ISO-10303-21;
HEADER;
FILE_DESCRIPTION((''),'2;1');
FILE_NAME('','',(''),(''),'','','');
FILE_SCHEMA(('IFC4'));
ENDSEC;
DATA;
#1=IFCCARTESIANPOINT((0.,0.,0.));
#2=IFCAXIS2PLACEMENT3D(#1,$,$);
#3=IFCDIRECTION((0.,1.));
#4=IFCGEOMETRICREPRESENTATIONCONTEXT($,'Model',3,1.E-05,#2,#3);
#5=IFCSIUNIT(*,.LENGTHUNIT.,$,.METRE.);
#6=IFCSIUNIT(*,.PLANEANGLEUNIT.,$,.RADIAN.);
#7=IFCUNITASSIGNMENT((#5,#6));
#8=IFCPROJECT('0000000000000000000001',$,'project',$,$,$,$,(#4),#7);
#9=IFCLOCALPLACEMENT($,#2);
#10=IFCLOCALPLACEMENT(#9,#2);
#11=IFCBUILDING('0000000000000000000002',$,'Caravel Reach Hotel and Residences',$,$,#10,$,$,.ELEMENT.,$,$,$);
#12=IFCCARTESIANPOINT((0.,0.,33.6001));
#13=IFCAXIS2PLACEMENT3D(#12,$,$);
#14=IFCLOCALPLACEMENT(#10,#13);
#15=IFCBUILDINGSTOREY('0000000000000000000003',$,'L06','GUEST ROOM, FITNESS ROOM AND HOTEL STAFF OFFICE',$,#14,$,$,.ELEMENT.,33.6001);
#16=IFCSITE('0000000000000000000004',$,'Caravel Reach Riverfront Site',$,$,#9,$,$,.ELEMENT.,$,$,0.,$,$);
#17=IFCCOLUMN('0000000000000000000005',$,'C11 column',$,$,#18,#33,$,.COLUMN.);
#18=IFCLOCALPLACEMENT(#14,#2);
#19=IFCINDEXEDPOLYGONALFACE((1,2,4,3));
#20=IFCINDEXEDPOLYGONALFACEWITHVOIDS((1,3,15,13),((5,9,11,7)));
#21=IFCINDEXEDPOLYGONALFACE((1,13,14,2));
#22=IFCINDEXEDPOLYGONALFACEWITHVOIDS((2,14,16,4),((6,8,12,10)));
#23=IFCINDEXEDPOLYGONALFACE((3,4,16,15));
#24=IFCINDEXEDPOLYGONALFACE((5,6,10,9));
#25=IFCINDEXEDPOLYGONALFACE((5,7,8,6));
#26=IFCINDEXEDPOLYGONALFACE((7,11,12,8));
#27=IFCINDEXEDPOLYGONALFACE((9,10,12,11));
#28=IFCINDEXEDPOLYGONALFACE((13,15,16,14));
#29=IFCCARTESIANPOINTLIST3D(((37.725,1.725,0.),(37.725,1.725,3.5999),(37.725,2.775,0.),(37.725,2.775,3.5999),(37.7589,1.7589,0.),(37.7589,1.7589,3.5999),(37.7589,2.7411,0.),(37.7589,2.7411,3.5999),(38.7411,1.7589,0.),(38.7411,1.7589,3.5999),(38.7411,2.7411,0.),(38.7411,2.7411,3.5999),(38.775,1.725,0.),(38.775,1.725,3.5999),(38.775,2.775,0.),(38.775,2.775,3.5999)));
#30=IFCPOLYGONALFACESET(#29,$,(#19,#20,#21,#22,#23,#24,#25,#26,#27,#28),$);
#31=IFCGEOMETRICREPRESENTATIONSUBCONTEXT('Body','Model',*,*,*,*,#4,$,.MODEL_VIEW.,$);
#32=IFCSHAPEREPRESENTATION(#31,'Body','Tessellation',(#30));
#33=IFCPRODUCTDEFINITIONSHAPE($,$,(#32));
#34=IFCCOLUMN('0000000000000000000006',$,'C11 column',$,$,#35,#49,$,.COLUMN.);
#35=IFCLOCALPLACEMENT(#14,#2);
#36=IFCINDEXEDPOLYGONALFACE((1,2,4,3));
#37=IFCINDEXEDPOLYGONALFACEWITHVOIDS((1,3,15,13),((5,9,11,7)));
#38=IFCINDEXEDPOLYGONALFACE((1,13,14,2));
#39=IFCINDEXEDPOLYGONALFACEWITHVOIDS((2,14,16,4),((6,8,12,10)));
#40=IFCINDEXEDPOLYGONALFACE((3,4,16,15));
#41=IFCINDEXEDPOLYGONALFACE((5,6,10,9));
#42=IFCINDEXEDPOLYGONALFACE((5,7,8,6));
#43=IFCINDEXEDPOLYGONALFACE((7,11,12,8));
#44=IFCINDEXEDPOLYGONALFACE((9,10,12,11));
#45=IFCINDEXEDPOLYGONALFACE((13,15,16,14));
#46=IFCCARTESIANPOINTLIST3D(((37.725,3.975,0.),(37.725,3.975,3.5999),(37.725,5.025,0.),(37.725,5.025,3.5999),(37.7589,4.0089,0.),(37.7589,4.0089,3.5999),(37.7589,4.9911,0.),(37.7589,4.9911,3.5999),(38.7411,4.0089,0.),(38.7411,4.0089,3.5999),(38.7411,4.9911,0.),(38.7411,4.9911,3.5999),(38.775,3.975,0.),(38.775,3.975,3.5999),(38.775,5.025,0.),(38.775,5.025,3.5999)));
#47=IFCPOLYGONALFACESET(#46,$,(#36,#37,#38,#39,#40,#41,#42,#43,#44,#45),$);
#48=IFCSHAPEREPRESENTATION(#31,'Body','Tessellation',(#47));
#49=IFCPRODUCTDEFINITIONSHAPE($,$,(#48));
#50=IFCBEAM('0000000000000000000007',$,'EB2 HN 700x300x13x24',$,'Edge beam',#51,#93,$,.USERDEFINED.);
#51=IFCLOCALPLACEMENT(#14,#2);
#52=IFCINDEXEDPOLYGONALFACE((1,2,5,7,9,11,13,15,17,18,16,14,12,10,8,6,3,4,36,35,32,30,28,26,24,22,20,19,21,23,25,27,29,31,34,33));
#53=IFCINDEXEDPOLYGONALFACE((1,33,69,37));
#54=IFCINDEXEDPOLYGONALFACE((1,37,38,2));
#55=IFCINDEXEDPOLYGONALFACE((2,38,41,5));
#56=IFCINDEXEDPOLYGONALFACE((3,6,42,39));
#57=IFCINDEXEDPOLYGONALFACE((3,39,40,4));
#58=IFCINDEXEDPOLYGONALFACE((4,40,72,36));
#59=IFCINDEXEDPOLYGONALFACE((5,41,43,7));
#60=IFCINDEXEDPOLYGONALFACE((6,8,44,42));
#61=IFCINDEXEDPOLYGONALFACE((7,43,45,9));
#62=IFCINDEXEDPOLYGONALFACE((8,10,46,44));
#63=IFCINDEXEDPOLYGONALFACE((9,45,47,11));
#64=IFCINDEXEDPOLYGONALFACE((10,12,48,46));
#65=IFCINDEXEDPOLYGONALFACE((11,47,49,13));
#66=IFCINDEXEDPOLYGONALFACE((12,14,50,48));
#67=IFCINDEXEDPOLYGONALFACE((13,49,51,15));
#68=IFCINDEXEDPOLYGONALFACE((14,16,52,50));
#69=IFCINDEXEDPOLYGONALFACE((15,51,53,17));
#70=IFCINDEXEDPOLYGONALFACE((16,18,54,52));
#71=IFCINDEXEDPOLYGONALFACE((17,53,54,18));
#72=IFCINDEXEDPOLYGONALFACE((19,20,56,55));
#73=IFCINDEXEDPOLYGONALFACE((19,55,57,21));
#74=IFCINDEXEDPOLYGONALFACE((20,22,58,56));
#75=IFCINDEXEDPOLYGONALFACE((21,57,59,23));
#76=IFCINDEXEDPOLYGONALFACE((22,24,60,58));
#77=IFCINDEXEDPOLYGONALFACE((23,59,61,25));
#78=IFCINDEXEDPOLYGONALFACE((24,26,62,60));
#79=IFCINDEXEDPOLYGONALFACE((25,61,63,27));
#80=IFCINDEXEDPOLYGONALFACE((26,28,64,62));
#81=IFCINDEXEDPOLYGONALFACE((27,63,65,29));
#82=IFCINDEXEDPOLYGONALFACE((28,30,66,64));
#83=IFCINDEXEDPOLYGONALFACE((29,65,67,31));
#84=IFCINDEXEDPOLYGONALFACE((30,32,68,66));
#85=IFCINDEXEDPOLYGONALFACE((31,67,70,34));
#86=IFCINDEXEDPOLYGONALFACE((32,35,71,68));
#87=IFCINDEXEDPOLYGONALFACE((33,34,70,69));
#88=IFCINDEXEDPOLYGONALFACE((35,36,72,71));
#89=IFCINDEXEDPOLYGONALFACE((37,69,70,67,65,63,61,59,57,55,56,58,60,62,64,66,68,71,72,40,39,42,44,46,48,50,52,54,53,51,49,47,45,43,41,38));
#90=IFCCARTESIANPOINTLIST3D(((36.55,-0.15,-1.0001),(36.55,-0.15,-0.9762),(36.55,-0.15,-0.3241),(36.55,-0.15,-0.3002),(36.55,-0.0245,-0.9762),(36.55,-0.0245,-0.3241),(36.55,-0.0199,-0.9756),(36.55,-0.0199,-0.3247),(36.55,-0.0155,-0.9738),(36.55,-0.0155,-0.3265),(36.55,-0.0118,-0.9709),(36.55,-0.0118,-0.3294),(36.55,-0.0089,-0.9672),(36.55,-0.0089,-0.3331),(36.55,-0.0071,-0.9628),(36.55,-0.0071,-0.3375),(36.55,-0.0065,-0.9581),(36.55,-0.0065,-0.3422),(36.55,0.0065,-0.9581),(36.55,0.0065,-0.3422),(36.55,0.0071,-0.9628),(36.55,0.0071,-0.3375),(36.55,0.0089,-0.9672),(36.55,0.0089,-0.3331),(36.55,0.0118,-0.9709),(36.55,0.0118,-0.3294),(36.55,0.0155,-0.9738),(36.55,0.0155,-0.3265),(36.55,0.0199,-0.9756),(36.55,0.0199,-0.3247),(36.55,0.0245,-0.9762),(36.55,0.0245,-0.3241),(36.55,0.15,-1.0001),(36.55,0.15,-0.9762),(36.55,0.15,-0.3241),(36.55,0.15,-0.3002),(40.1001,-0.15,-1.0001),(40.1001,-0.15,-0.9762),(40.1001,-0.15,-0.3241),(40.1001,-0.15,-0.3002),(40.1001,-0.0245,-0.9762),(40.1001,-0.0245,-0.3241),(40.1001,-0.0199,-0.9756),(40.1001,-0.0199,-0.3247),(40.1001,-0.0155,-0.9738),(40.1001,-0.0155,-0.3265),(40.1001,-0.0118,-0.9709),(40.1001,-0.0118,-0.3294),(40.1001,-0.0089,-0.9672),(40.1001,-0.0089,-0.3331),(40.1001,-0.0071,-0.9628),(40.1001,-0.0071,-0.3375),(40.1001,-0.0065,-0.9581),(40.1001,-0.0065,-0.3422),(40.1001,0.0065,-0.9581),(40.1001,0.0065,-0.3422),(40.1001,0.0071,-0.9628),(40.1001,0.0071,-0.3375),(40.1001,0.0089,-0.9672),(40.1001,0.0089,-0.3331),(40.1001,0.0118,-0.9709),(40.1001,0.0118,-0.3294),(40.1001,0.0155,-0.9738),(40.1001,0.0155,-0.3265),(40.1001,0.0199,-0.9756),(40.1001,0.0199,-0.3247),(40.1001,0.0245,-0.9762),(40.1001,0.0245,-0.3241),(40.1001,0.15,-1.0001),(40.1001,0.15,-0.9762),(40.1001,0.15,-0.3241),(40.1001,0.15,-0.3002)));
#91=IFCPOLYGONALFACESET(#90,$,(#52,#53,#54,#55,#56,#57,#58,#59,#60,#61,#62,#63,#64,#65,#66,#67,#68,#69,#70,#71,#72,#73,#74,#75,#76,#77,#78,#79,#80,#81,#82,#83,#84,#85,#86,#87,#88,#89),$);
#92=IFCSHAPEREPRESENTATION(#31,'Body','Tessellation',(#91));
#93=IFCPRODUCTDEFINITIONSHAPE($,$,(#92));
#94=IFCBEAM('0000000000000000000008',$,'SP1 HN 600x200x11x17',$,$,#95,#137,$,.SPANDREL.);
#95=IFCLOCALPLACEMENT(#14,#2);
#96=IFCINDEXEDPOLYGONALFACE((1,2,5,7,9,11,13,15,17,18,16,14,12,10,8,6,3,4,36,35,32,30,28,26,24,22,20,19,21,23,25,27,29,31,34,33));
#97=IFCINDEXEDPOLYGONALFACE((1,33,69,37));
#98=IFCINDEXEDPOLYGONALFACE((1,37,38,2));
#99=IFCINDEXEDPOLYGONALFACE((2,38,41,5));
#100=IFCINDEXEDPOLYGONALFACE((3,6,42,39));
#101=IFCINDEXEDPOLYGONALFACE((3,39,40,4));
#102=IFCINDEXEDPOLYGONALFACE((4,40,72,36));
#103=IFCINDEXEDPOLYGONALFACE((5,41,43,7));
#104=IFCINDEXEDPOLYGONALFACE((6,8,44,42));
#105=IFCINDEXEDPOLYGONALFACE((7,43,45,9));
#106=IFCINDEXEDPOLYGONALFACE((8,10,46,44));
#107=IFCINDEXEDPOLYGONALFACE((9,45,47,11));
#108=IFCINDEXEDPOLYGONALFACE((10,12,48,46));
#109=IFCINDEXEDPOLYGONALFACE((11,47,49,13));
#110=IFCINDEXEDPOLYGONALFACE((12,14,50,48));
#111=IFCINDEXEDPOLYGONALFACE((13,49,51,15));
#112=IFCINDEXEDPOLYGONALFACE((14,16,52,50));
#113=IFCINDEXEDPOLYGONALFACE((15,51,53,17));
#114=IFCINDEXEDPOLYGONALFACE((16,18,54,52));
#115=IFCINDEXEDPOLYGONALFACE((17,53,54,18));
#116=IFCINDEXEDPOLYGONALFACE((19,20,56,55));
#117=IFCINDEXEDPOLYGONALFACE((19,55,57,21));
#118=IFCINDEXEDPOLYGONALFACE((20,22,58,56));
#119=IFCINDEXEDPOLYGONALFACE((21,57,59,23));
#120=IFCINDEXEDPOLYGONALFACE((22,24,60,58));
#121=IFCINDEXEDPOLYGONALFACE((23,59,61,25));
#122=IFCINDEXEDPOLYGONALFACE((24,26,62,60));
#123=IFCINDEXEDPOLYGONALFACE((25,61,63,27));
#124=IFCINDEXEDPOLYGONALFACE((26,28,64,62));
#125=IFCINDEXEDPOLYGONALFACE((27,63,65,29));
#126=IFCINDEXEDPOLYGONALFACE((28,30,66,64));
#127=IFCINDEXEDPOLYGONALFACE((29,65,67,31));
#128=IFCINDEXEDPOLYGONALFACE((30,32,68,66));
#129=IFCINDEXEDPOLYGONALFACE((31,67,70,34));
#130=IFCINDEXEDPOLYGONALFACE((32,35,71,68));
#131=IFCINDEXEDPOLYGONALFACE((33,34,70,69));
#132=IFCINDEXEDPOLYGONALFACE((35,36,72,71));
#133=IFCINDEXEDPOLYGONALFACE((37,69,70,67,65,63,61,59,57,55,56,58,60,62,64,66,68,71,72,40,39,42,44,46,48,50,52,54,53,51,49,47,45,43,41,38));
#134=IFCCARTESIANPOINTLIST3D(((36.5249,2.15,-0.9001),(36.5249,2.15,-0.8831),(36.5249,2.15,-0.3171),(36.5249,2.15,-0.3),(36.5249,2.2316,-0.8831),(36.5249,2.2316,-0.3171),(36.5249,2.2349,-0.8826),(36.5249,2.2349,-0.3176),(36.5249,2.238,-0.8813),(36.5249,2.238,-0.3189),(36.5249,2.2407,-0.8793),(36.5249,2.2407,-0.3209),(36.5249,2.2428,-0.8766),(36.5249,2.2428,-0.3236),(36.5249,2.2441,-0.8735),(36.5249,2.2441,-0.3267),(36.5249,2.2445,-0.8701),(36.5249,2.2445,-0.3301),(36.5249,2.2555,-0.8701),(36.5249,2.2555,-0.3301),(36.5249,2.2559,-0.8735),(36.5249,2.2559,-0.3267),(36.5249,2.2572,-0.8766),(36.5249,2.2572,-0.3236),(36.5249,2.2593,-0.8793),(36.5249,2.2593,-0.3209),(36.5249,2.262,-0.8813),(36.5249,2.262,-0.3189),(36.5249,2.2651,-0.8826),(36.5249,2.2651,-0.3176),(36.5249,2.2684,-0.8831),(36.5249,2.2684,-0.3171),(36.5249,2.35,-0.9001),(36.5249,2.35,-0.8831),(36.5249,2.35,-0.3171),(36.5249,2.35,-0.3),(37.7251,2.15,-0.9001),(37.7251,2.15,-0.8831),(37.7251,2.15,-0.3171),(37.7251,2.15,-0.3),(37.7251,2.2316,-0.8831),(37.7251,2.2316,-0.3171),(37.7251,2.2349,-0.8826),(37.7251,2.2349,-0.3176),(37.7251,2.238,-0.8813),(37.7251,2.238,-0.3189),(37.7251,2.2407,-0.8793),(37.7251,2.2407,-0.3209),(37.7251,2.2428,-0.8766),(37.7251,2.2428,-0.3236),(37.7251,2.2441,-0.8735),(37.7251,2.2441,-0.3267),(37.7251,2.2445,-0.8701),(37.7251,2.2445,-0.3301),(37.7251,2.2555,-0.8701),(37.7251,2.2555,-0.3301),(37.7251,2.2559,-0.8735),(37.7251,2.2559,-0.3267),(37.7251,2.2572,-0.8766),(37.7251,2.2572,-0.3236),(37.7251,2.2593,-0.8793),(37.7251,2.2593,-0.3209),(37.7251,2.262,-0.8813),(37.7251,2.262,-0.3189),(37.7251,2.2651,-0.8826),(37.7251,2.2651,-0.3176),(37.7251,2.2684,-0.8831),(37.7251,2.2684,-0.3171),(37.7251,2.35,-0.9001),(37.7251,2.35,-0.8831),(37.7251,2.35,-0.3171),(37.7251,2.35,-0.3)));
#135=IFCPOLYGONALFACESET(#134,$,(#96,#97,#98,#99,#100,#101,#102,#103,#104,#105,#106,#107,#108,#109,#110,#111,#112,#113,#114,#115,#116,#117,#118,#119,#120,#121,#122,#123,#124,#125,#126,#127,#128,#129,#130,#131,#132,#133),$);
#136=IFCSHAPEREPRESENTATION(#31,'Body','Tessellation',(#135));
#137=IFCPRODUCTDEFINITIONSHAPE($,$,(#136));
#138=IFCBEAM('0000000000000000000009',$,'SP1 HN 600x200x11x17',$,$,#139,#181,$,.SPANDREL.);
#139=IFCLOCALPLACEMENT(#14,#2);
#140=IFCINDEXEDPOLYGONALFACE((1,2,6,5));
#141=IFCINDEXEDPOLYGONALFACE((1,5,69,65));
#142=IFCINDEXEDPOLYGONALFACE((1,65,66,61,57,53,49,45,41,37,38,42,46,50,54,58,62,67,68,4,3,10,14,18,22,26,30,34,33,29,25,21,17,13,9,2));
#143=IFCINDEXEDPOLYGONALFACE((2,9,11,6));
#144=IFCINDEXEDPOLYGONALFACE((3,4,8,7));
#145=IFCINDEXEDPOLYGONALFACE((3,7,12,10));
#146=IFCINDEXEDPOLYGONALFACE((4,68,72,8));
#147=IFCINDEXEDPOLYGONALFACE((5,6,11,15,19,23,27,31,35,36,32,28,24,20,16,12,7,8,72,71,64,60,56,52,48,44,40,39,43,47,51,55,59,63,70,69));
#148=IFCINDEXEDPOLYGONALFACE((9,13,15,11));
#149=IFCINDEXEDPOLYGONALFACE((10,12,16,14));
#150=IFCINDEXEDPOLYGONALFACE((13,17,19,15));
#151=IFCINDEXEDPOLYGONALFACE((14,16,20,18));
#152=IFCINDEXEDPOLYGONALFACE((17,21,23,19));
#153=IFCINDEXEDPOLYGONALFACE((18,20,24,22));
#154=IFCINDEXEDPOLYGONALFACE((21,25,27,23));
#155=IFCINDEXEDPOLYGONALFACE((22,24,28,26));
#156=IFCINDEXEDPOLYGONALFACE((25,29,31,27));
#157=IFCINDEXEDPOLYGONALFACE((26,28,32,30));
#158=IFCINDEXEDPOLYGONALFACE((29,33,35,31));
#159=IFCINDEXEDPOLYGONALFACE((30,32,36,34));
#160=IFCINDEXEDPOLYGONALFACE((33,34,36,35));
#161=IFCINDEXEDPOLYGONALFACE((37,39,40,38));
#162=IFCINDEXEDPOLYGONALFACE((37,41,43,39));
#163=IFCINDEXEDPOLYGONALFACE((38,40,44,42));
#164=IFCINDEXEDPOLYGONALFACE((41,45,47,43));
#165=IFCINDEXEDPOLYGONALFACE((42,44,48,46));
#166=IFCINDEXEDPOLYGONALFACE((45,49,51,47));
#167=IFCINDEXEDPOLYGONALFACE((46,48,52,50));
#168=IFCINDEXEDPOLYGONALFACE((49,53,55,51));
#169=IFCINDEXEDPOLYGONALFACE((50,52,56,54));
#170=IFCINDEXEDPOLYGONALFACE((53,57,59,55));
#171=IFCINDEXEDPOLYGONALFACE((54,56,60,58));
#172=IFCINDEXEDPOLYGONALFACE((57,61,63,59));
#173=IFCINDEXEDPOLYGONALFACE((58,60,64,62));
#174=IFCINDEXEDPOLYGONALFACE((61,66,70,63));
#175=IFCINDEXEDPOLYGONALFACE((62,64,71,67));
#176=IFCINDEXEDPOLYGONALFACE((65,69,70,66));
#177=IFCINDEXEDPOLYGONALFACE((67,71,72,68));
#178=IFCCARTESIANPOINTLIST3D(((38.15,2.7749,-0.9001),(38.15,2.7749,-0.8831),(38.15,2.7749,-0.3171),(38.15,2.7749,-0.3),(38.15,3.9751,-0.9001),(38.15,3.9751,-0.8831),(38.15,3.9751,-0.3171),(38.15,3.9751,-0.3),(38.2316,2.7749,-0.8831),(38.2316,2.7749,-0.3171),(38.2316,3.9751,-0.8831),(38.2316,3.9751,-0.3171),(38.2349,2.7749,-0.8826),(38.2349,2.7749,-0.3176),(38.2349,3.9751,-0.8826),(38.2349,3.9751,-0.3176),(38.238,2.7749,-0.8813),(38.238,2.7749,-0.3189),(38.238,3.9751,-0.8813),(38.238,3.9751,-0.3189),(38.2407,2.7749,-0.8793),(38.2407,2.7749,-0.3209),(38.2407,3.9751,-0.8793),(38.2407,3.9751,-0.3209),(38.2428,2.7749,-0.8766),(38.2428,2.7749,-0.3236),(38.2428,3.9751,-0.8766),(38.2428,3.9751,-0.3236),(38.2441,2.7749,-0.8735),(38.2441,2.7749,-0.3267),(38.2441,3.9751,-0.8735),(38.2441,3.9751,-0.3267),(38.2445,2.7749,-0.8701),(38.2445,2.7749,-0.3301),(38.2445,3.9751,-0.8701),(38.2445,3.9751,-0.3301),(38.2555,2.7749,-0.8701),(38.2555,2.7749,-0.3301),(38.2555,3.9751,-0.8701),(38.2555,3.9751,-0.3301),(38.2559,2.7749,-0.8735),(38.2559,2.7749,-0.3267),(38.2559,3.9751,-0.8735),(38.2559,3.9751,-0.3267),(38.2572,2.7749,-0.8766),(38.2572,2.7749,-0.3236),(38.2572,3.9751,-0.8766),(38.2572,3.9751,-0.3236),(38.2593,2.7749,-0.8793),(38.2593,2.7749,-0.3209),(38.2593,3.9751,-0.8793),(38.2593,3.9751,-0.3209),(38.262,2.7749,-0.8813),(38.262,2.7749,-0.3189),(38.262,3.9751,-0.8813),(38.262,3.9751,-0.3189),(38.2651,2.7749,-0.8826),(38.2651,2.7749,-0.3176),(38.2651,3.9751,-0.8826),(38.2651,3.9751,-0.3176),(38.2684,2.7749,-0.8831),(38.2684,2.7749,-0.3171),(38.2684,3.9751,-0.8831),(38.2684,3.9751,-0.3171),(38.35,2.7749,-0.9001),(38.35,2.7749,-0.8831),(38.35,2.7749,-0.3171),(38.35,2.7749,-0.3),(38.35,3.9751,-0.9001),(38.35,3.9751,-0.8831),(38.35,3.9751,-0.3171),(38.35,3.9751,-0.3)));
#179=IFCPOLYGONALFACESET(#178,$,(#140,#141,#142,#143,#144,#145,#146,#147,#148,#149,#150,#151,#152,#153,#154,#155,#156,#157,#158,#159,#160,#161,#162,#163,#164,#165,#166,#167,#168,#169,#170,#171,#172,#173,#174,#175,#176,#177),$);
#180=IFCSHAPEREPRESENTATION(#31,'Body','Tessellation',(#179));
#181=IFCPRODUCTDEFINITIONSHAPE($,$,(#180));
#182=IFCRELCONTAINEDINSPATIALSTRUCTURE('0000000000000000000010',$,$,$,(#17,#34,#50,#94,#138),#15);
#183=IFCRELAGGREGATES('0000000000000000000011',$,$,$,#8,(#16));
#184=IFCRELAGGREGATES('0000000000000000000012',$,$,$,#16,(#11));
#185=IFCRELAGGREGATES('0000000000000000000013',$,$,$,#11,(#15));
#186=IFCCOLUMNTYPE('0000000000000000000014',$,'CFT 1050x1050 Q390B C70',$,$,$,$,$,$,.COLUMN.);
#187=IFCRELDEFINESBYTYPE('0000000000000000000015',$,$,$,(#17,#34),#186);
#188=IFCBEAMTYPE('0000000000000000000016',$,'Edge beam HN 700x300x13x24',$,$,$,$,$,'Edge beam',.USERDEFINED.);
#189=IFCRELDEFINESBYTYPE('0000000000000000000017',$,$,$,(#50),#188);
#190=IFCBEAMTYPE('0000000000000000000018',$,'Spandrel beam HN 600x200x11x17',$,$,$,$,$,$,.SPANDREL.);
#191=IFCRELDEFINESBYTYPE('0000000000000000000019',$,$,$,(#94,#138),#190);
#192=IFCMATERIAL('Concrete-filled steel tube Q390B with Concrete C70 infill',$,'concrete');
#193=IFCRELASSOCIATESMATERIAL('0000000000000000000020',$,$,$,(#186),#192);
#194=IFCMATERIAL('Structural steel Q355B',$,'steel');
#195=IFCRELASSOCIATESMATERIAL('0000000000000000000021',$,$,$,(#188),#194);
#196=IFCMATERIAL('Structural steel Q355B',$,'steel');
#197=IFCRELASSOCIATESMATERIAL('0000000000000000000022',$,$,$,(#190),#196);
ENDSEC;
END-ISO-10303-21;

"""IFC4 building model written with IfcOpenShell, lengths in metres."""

from ifc_helpers import new_model, si_unit, direction, frame, origin, origin_2d, place, context, subcontext, project, spatial, hollow_rectangle, i_section, extrude, material, material_profile, profile_set, type_object, element, save


model = new_model("IFC4")

# Units and contexts
model_context = context("Model", 3, precision=1e-05, world=origin(), true_north=direction((0.0, 1.0)))
body_context = subcontext(model_context, "Body", "Model", "MODEL_VIEW")
ifc_project = project(units=[si_unit("LENGTHUNIT", "METRE"), si_unit("PLANEANGLEUNIT", "RADIAN")], contexts=[model_context])

# Site, building, storey
site_placement = place(None, origin())
site = spatial("IfcSite", under=ifc_project, at=site_placement, Name="Caravel Reach Riverfront Site", CompositionType="ELEMENT", RefElevation=0.0)
building_placement = place(site_placement, origin())
building = spatial("IfcBuilding", under=site, at=building_placement, Name="Caravel Reach Hotel and Residences", CompositionType="ELEMENT")
storey_placement = place(building_placement, frame((0.0, 0.0, 33.6001)))
storey = spatial("IfcBuildingStorey", under=building, at=storey_placement, Name="L06", Description="GUEST ROOM, FITNESS ROOM AND HOTEL STAFF OFFICE", CompositionType="ELEMENT", Elevation=33.6001)

# Columns
ifc_material_1 = material(Name="Concrete-filled steel tube Q390B with Concrete C70 infill", Category="concrete")
ifc_material_profile_1 = material_profile(ifc_material_1, hollow_rectangle(XDim=1.05, YDim=1.05, WallThickness=0.0339, at=origin_2d()), Name="RHS 1050x1050x34")
ifc_profile_set_1 = profile_set([ifc_material_profile_1], Name="Concrete-filled steel tube Q390B with Concrete C70 infill")
column_type = type_object("IfcColumnType", Name="CFT 1050x1050 Q390B C70", PredefinedType="COLUMN", material=ifc_profile_set_1)
for number, where, z_axis, x_axis, name in (
    (1, (38.25, 2.25, 0.0), (0.0, 0.0, 1.0), (1.0, 0.0, 0.0), "C11 column"),
    (2, (38.25, 4.5, 0.0), (0.0, 0.0, 1.0), (1.0, 0.0, 0.0), "C11 column"),
):
    element("IfcColumn", number, at=place(storey_placement, frame(where, z_axis=z_axis, x_axis=x_axis)), inside=storey, type_object=column_type, Name=name, PredefinedType="COLUMN", context=body_context, shape_type="SweptSolid", body=[
        extrude(hollow_rectangle(XDim=1.05, YDim=1.05, WallThickness=0.0339, at=origin_2d()), origin(), (0.0, 0.0, 1.0), 3.5999),
    ])

# Beams
ifc_material_2 = material(Name="Structural steel Q355B", Category="steel")
ifc_material_profile_2 = material_profile(ifc_material_2, i_section(OverallWidth=0.3, OverallDepth=0.7, WebThickness=0.0129, FlangeThickness=0.0239, FilletRadius=0.0181, at=origin_2d()), Name="HN 700x300x13x24")
ifc_profile_set_2 = profile_set([ifc_material_profile_2], Name="Structural steel Q355B")
beam_type_1 = type_object("IfcBeamType", Name="Edge beam HN 700x300x13x24", ElementType="Edge beam", PredefinedType="USERDEFINED", material=ifc_profile_set_2)
beam_placement = place(storey_placement, frame((40.1001, 0.0, -0.6501), z_axis=(-1.0, 0.0, 0.0), x_axis=(0.0, -1.0, 0.0)))
element("IfcBeam", 3, at=beam_placement, inside=storey, type_object=beam_type_1, Name="EB2 HN 700x300x13x24", ObjectType="Edge beam", PredefinedType="USERDEFINED", context=body_context, shape_type="SweptSolid", body=[
    extrude(i_section(OverallWidth=0.3, OverallDepth=0.7, WebThickness=0.0129, FlangeThickness=0.0239, FilletRadius=0.0181, at=origin_2d()), origin(), (0.0, 0.0, 1.0), 3.55),
])
ifc_material_3 = material(Name="Structural steel Q355B", Category="steel")
ifc_material_profile_3 = material_profile(ifc_material_3, i_section(OverallWidth=0.2, OverallDepth=0.6001, WebThickness=0.011, FlangeThickness=0.0171, FilletRadius=0.0129, at=origin_2d()), Name="HN 600x200x11x17")
ifc_profile_set_3 = profile_set([ifc_material_profile_3], Name="Structural steel Q355B")
beam_type_2 = type_object("IfcBeamType", Name="Spandrel beam HN 600x200x11x17", PredefinedType="SPANDREL", material=ifc_profile_set_3)
for number, where, z_axis, x_axis, name in (
    (4, (36.5249, 2.25, -0.6001), (1.0, 0.0, 0.0), (0.0, 1.0, 0.0), "SP1 HN 600x200x11x17"),
    (5, (38.25, 2.7749, -0.6001), (0.0, 1.0, 0.0), (-1.0, 0.0, 0.0), "SP1 HN 600x200x11x17"),
):
    element("IfcBeam", number, at=place(storey_placement, frame(where, z_axis=z_axis, x_axis=x_axis)), inside=storey, type_object=beam_type_2, Name=name, PredefinedType="SPANDREL", context=body_context, shape_type="SweptSolid", body=[
        extrude(i_section(OverallWidth=0.2, OverallDepth=0.6001, WebThickness=0.011, FlangeThickness=0.0171, FilletRadius=0.0129, at=origin_2d()), origin(), (0.0, 0.0, 1.0), 1.2002),
    ])

save(model, "model.ifc")
